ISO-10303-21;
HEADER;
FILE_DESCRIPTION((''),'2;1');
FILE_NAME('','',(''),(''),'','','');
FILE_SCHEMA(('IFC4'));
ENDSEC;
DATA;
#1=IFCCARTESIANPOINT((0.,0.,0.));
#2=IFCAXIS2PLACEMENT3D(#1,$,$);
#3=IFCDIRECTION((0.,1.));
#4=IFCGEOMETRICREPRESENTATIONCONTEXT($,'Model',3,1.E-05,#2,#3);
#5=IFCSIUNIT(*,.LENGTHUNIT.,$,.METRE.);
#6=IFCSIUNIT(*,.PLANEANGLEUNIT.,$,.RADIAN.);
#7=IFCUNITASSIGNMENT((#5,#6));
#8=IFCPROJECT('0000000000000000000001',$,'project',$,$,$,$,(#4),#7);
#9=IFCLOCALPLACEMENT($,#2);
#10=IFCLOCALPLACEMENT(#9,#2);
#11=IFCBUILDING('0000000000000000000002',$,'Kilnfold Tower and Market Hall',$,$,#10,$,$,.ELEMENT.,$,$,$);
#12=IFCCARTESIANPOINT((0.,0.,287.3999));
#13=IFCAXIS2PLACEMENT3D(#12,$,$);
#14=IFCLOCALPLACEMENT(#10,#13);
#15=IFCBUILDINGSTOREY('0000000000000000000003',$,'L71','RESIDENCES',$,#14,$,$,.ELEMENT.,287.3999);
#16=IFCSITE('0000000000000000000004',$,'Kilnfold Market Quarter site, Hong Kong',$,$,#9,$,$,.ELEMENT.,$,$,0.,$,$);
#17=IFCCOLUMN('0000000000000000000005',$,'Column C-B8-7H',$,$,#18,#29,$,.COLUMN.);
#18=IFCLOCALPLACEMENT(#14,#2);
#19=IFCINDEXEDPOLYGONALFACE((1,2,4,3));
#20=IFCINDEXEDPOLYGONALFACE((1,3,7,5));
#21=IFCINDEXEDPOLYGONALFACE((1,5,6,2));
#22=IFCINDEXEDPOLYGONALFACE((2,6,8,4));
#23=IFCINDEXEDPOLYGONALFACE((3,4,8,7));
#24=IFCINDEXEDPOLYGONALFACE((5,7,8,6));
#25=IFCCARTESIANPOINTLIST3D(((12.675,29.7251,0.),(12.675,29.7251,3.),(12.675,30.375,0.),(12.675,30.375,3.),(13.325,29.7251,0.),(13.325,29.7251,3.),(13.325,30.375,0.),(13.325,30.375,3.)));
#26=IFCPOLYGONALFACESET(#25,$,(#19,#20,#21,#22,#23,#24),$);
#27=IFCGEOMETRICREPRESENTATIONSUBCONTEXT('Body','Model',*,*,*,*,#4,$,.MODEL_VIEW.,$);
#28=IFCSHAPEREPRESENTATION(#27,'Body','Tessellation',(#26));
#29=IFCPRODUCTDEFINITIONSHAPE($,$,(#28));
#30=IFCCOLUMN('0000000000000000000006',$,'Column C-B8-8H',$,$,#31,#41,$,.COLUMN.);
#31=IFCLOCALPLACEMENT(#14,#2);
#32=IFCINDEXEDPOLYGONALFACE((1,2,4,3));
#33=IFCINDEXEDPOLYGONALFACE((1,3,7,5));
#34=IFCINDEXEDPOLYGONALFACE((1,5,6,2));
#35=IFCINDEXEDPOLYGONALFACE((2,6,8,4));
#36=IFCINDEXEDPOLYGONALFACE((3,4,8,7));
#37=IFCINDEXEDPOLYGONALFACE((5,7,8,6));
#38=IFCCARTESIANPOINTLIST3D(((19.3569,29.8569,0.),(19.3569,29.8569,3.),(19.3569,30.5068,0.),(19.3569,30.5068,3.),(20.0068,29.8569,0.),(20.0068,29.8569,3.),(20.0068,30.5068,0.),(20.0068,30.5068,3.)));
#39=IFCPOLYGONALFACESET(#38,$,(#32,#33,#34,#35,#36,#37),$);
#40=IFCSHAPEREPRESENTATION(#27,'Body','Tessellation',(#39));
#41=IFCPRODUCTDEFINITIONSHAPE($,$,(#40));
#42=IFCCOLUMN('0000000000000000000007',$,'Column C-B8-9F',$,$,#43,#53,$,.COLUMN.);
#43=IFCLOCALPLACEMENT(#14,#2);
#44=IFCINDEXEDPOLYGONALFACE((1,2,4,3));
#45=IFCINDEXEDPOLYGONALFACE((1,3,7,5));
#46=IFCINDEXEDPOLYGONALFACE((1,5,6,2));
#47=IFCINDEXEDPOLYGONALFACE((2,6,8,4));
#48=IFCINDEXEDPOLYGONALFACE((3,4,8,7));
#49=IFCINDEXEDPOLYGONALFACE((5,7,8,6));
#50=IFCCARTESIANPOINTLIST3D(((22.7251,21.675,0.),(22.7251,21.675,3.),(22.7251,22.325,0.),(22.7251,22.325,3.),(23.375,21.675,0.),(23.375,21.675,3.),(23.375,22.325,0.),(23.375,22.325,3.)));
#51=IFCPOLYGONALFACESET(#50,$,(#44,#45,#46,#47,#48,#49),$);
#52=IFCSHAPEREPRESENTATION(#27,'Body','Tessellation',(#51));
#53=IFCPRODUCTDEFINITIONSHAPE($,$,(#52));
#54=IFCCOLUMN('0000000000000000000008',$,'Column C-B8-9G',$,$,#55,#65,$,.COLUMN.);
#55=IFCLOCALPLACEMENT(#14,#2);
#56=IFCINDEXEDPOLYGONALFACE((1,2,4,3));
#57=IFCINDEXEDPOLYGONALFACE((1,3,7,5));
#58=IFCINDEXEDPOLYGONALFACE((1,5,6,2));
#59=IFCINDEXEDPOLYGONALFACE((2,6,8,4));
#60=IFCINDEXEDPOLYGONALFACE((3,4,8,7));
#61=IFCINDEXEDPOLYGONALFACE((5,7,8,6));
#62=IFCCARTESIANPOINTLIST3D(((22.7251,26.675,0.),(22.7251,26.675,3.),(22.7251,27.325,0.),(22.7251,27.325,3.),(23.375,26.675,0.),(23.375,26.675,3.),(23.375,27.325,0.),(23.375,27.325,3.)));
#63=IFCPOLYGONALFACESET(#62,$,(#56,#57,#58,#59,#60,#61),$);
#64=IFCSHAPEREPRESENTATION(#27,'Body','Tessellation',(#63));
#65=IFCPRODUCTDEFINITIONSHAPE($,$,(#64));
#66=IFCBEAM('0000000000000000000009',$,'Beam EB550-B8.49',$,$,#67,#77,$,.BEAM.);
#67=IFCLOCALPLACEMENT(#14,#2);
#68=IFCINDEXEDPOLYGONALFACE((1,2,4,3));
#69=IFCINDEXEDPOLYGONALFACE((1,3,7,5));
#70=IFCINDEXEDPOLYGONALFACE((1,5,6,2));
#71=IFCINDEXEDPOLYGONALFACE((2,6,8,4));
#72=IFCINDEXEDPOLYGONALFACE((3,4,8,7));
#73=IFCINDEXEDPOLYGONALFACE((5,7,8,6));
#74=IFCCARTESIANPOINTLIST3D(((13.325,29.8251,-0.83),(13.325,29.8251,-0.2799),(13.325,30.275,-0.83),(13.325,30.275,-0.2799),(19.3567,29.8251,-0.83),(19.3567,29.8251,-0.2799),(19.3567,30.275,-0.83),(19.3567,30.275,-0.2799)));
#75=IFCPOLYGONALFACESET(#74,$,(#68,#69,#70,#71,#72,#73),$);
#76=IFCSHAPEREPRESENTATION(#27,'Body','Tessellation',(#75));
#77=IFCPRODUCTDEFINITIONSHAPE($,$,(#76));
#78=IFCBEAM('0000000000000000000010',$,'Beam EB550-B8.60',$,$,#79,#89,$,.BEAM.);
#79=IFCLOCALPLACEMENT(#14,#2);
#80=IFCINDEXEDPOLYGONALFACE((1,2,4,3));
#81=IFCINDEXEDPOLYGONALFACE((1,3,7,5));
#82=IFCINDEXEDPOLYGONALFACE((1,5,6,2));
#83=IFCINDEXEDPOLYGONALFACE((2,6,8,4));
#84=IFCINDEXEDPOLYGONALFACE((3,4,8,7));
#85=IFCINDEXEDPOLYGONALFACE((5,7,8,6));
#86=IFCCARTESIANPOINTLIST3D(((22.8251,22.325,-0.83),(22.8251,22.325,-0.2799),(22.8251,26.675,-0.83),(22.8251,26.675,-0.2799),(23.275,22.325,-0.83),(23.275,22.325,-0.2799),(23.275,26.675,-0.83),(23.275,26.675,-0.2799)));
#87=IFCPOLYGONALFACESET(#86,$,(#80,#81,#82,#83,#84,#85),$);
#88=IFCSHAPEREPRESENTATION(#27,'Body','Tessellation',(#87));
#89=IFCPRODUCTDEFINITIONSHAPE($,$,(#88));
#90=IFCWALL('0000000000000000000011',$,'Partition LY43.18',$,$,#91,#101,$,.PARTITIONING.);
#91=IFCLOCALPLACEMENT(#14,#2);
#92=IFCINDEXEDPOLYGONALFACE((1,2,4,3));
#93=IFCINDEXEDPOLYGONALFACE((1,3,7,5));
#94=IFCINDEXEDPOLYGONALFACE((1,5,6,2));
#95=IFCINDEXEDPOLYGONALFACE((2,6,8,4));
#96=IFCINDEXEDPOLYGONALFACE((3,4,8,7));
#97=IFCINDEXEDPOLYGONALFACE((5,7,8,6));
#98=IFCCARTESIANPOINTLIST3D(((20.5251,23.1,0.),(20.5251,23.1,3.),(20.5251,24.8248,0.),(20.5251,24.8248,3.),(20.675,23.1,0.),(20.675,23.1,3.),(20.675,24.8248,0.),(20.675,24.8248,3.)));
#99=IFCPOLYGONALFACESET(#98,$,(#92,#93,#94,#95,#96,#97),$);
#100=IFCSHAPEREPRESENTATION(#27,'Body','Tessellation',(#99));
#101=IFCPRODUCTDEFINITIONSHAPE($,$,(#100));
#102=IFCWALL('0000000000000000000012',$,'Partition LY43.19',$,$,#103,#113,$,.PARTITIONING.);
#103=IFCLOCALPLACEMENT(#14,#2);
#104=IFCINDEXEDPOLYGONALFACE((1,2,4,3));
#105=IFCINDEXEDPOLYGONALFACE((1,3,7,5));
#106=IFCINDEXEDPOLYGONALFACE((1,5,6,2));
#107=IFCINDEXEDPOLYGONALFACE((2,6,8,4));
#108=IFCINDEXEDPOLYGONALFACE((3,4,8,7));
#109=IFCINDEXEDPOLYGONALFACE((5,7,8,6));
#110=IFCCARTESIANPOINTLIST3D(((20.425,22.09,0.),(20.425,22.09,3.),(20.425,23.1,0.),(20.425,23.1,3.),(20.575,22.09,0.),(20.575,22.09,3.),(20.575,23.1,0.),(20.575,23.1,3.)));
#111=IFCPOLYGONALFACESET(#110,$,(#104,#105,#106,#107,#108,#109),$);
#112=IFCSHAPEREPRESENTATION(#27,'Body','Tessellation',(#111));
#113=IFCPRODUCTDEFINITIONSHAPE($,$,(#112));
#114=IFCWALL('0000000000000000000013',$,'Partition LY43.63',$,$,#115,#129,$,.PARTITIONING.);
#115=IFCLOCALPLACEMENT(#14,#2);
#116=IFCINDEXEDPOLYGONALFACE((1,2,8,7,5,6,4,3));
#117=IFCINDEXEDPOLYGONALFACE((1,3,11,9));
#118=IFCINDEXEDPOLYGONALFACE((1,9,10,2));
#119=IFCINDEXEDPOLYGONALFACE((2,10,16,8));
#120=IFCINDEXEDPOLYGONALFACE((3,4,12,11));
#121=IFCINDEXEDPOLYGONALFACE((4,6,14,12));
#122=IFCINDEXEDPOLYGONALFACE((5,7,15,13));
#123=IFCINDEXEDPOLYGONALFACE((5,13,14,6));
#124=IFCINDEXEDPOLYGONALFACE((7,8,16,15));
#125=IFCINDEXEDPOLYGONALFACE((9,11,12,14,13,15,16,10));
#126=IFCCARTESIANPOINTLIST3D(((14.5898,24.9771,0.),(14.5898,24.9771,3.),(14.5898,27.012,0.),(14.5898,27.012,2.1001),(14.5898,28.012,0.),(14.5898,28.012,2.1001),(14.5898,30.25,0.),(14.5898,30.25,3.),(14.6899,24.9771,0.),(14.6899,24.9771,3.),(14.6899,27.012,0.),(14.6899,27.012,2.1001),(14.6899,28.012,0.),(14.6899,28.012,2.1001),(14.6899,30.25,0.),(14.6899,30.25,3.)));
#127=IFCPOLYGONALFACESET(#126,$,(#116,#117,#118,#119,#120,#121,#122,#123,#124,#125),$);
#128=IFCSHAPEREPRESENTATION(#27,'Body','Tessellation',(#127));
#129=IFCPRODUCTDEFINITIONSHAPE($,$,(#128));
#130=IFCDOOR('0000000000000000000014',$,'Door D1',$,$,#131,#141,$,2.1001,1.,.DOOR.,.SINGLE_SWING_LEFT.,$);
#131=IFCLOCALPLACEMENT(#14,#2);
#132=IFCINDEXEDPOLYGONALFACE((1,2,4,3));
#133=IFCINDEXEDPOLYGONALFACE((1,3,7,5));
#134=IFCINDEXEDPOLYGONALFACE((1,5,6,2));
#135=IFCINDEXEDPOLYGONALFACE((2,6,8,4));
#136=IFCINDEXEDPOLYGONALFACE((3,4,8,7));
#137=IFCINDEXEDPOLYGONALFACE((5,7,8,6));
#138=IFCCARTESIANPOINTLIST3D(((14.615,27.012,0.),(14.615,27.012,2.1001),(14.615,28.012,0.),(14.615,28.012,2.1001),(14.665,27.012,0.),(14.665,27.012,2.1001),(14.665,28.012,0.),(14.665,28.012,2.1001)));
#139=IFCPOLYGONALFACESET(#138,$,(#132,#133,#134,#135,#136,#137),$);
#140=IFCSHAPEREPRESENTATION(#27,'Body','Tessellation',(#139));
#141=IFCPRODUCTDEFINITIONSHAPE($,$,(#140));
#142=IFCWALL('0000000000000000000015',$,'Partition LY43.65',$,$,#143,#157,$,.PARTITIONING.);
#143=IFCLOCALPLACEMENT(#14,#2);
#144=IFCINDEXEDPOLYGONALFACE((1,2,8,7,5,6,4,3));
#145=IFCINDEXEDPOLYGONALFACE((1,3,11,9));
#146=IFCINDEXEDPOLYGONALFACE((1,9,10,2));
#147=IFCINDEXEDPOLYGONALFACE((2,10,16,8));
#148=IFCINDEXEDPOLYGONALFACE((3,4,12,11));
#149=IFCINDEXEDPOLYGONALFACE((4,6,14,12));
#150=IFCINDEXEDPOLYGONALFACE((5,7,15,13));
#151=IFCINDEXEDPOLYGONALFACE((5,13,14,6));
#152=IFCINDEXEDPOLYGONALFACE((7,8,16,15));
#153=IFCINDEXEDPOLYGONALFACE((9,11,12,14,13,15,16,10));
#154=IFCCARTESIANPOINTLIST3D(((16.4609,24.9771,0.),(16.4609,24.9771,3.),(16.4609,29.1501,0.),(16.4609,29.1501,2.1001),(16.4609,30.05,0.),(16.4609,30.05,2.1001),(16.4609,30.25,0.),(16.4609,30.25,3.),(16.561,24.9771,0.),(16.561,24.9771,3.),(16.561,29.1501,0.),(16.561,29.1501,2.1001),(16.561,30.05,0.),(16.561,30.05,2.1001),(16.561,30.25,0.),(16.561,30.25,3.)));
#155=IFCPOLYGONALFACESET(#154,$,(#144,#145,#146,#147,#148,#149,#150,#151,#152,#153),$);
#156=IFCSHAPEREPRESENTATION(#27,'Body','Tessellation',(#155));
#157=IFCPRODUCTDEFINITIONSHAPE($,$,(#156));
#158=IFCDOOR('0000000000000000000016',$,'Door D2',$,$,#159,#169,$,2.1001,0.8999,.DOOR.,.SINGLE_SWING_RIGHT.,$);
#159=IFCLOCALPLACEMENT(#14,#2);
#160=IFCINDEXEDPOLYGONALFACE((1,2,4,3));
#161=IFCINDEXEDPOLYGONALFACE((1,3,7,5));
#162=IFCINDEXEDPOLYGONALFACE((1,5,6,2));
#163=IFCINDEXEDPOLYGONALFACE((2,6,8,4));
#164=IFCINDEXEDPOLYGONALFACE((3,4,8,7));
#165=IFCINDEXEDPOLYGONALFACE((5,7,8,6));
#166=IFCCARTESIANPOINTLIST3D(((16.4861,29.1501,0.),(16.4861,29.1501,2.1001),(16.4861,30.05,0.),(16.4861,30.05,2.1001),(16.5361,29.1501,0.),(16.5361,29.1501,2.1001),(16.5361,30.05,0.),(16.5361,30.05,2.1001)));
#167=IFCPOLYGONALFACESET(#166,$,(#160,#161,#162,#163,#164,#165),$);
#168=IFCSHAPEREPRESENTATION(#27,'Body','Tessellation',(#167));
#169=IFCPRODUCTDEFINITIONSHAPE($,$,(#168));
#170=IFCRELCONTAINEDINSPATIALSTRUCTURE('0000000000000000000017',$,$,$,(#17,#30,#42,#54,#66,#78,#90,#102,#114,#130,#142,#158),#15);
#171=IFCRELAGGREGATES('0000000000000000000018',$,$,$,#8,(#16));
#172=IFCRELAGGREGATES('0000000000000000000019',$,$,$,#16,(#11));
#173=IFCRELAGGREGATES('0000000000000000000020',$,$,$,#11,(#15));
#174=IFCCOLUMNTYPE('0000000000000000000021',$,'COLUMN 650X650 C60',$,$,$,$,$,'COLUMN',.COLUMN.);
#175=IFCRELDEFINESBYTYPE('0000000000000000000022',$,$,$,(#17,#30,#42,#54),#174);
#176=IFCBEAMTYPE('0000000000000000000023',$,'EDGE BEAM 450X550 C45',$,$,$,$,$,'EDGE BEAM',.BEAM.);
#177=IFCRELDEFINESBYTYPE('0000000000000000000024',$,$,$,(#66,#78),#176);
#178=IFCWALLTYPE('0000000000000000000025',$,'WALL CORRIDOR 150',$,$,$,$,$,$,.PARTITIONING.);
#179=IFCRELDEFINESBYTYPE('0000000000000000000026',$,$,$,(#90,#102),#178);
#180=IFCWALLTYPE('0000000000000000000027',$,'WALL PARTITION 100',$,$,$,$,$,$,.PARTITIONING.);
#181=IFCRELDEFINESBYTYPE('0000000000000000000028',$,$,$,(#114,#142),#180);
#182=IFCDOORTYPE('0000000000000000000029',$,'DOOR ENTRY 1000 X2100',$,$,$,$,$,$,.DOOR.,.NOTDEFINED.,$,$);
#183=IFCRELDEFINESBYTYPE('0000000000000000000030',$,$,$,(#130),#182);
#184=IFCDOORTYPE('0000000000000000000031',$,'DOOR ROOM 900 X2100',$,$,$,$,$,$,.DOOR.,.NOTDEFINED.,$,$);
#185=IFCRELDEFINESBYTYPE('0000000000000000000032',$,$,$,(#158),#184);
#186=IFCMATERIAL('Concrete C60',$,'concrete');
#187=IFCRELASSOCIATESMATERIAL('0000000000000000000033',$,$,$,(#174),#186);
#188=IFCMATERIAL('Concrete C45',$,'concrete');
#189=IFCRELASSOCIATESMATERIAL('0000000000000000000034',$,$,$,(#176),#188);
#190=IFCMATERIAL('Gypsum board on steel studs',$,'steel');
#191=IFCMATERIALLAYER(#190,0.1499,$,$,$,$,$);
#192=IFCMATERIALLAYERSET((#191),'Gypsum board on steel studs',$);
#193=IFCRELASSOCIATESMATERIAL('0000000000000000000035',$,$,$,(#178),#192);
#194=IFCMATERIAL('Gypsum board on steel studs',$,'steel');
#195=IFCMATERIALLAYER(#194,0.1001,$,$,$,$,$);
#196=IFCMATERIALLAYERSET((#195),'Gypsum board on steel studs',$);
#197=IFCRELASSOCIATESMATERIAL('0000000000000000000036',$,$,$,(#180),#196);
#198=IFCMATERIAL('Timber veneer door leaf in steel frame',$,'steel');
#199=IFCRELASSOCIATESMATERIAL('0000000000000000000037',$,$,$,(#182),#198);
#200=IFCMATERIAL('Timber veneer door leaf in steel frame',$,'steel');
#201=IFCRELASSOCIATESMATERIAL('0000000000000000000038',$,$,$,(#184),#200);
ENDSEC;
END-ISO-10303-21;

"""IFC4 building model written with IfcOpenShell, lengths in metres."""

from ifc_helpers import new_model, si_unit, direction, frame, frame_2d, origin, origin_2d, place, context, subcontext, project, spatial, rectangle, extrude, source, transform, mapped, material, layer, layer_set, material_profile, profile_set, type_object, element, fill, save


model = new_model("IFC4")

# Units and contexts
model_context = context("Model", 3, precision=1e-05, world=origin(), true_north=direction((0.0, 1.0)))
body_context = subcontext(model_context, "Body", "Model", "MODEL_VIEW")
ifc_project = project(units=[si_unit("LENGTHUNIT", "METRE"), si_unit("PLANEANGLEUNIT", "RADIAN")], contexts=[model_context])

# Site, building, storey
site_placement = place(None, origin())
site = spatial("IfcSite", under=ifc_project, at=site_placement, Name="Kilnfold Market Quarter site, Hong Kong", CompositionType="ELEMENT", RefElevation=0.0)
building_placement = place(site_placement, origin())
building = spatial("IfcBuilding", under=site, at=building_placement, Name="Kilnfold Tower and Market Hall", CompositionType="ELEMENT")
storey_placement = place(building_placement, frame((0.0, 0.0, 287.3999)))
storey = spatial("IfcBuildingStorey", under=building, at=storey_placement, Name="L71", Description="RESIDENCES", CompositionType="ELEMENT", Elevation=287.3999)

# Columns
ifc_material_1 = material(Name="Concrete C60", Category="concrete")
ifc_material_profile_1 = material_profile(ifc_material_1, rectangle(XDim=0.6499, YDim=0.6499, at=origin_2d()), Name="RC 650x650")
ifc_profile_set_1 = profile_set([ifc_material_profile_1], Name="Concrete C60")
column_type = type_object("IfcColumnType", Name="COLUMN 650X650 C60", ElementType="COLUMN", PredefinedType="COLUMN", material=ifc_profile_set_1)
shared_shape_1 = source(origin(), body_context, "Body", "SweptSolid", [
    extrude(rectangle(XDim=0.6499, YDim=0.6499, at=origin_2d()), origin(), (0.0, 0.0, 1.0), 3.0),
])
for number, where, z_axis, x_axis, name in (
    (1, (13.0, 30.05, 0.0), (0.0, 0.0, 1.0), (1.0, 0.0, 0.0), "Column C-B8-7H"),
    (2, (19.6819, 30.1819, 0.0), (0.0, 0.0, 1.0), (1.0, 0.0, 0.0), "Column C-B8-8H"),
    (3, (23.05, 22.0, 0.0), (0.0, 0.0, 1.0), (1.0, 0.0, 0.0), "Column C-B8-9F"),
    (4, (23.05, 27.0, 0.0), (0.0, 0.0, 1.0), (1.0, 0.0, 0.0), "Column C-B8-9G"),
):
    element("IfcColumn", number, at=place(storey_placement, frame(where, z_axis=z_axis, x_axis=x_axis)), inside=storey, type_object=column_type, Name=name, PredefinedType="COLUMN", context=body_context, shape_type="MappedRepresentation", body=[
        mapped(shared_shape_1, transform((0.0, 0.0, 0.0))),
    ])

# Beams
ifc_material_2 = material(Name="Concrete C45", Category="concrete")
ifc_material_profile_2 = material_profile(ifc_material_2, rectangle(XDim=0.45, YDim=0.55, at=origin_2d()), Name="RC 450x550")
ifc_profile_set_2 = profile_set([ifc_material_profile_2], Name="Concrete C45")
beam_type = type_object("IfcBeamType", Name="EDGE BEAM 450X550 C45", ElementType="EDGE BEAM", PredefinedType="BEAM", material=ifc_profile_set_2)
shared_shape_2 = source(origin(), body_context, "Body", "SweptSolid", [
    extrude(rectangle(XDim=0.45, YDim=0.55, at=origin_2d()), origin(), (0.0, 0.0, 1.0), 6.0317),
])
beam_1_placement = place(storey_placement, frame((13.325, 30.05, -0.5549), z_axis=(1.0, 0.0, 0.0), x_axis=(0.0, 1.0, 0.0)))
element("IfcBeam", 5, at=beam_1_placement, inside=storey, type_object=beam_type, Name="Beam EB550-B8.49", PredefinedType="BEAM", context=body_context, shape_type="MappedRepresentation", body=[
    mapped(shared_shape_2, transform((0.0, 0.0, 0.0))),
])
shared_shape_3 = source(origin(), body_context, "Body", "SweptSolid", [
    extrude(rectangle(XDim=0.45, YDim=0.55, at=origin_2d()), origin(), (0.0, 0.0, 1.0), 4.3501),
])
beam_2_placement = place(storey_placement, frame((23.05, 22.325, -0.5549), z_axis=(0.0, 1.0, 0.0), x_axis=(-1.0, 0.0, 0.0)))
element("IfcBeam", 6, at=beam_2_placement, inside=storey, type_object=beam_type, Name="Beam EB550-B8.60", PredefinedType="BEAM", context=body_context, shape_type="MappedRepresentation", body=[
    mapped(shared_shape_3, transform((0.0, 0.0, 0.0))),
])

# Walls
ifc_material_3 = material(Name="Gypsum board on steel studs", Category="steel")
ifc_layer_1 = layer(ifc_material_3, 0.1499)
ifc_layer_set_1 = layer_set([ifc_layer_1], Name="Gypsum board on steel studs")
wall_type_1 = type_object("IfcWallType", Name="WALL CORRIDOR 150", PredefinedType="PARTITIONING", material=ifc_layer_set_1)
wall_1_placement = place(storey_placement, frame((20.6001, 23.1001, 0.0), z_axis=(0.0, 0.0, 1.0), x_axis=(0.0, 1.0, 0.0)))
element("IfcWall", 7, at=wall_1_placement, inside=storey, type_object=wall_type_1, Name="Partition LY43.18", PredefinedType="PARTITIONING", context=body_context, shape_type="SweptSolid", body=[
    extrude(rectangle(XDim=1.7249, YDim=0.1499, at=frame_2d((0.8623, 0.0))), origin(), (0.0, 0.0, 1.0), 3.0),
])
wall_2_placement = place(storey_placement, frame((20.5, 22.0901, 0.0), z_axis=(0.0, 0.0, 1.0), x_axis=(0.0, 1.0, 0.0)))
element("IfcWall", 8, at=wall_2_placement, inside=storey, type_object=wall_type_1, Name="Partition LY43.19", PredefinedType="PARTITIONING", context=body_context, shape_type="SweptSolid", body=[
    extrude(rectangle(XDim=1.01, YDim=0.1499, at=frame_2d((0.5049, 0.0))), origin(), (0.0, 0.0, 1.0), 3.0),
])

# Walls, openings, doors
ifc_material_4 = material(Name="Gypsum board on steel studs", Category="steel")
ifc_layer_2 = layer(ifc_material_4, 0.1001)
ifc_layer_set_2 = layer_set([ifc_layer_2], Name="Gypsum board on steel studs")
wall_type_2 = type_object("IfcWallType", Name="WALL PARTITION 100", PredefinedType="PARTITIONING", material=ifc_layer_set_2)
wall_3_placement = place(storey_placement, frame((14.6399, 24.9771, 0.0), z_axis=(0.0, 0.0, 1.0), x_axis=(0.0, 1.0, 0.0)))
wall_3 = element("IfcWall", 9, at=wall_3_placement, inside=storey, type_object=wall_type_2, Name="Partition LY43.63", PredefinedType="PARTITIONING", context=body_context, shape_type="SweptSolid", body=[
    extrude(rectangle(XDim=5.2729, YDim=0.1001, at=frame_2d((2.6365, 0.0))), origin(), (0.0, 0.0, 1.0), 3.0),
])
opening_1_placement = place(wall_3_placement, frame((2.0349, 0.0, 0.0)))
opening_1 = element("IfcOpeningElement", 10, at=opening_1_placement, cuts=wall_3, PredefinedType="OPENING", context=body_context, shape_type="SweptSolid", body=[
    extrude(rectangle(XDim=1.0, YDim=2.1001, at=frame_2d((0.5, 1.05))), frame((0.0, 0.0601, 0.0), z_axis=(0.0, -1.0, 0.0), x_axis=(1.0, 0.0, 0.0)), (0.0, 0.0, 1.0), 0.1201),
])
ifc_material_5 = material(Name="Timber veneer door leaf in steel frame", Category="steel")
door_type_1 = type_object("IfcDoorType", Name="DOOR ENTRY 1000 X2100", OperationType="NOTDEFINED", PredefinedType="DOOR", material=ifc_material_5)
door_1_placement = place(opening_1_placement, origin())
door_1 = element("IfcDoor", 11, at=door_1_placement, inside=storey, type_object=door_type_1, Name="Door D1", OperationType="SINGLE_SWING_LEFT", OverallHeight=2.1001, OverallWidth=1.0, PredefinedType="DOOR", context=body_context, shape_type="SweptSolid", body=[
    extrude(rectangle(XDim=1.0, YDim=2.1001, at=frame_2d((0.5, 1.05))), frame((0.0, 0.0249, 0.0), z_axis=(0.0, -1.0, 0.0), x_axis=(1.0, 0.0, 0.0)), (0.0, 0.0, 1.0), 0.05),
])
fill(opening_1, door_1)
wall_4_placement = place(storey_placement, frame((16.511, 24.9771, 0.0), z_axis=(0.0, 0.0, 1.0), x_axis=(0.0, 1.0, 0.0)))
wall_4 = element("IfcWall", 12, at=wall_4_placement, inside=storey, type_object=wall_type_2, Name="Partition LY43.65", PredefinedType="PARTITIONING", context=body_context, shape_type="SweptSolid", body=[
    extrude(rectangle(XDim=5.2729, YDim=0.1001, at=frame_2d((2.6365, 0.0))), origin(), (0.0, 0.0, 1.0), 3.0),
])
opening_2_placement = place(wall_4_placement, frame((4.1731, 0.0, 0.0)))
opening_2 = element("IfcOpeningElement", 13, at=opening_2_placement, cuts=wall_4, PredefinedType="OPENING", context=body_context, shape_type="SweptSolid", body=[
    extrude(rectangle(XDim=0.8999, YDim=2.1001, at=frame_2d((0.45, 1.05))), frame((0.0, 0.0601, 0.0), z_axis=(0.0, -1.0, 0.0), x_axis=(1.0, 0.0, 0.0)), (0.0, 0.0, 1.0), 0.1201),
])
ifc_material_6 = material(Name="Timber veneer door leaf in steel frame", Category="steel")
door_type_2 = type_object("IfcDoorType", Name="DOOR ROOM 900 X2100", OperationType="NOTDEFINED", PredefinedType="DOOR", material=ifc_material_6)
door_2_placement = place(opening_2_placement, origin())
door_2 = element("IfcDoor", 14, at=door_2_placement, inside=storey, type_object=door_type_2, Name="Door D2", OperationType="SINGLE_SWING_RIGHT", OverallHeight=2.1001, OverallWidth=0.8999, PredefinedType="DOOR", context=body_context, shape_type="SweptSolid", body=[
    extrude(rectangle(XDim=0.8999, YDim=2.1001, at=frame_2d((0.45, 1.05))), frame((0.0, 0.0249, 0.0), z_axis=(0.0, -1.0, 0.0), x_axis=(1.0, 0.0, 0.0)), (0.0, 0.0, 1.0), 0.05),
])
fill(opening_2, door_2)

save(model, "model.ifc")
